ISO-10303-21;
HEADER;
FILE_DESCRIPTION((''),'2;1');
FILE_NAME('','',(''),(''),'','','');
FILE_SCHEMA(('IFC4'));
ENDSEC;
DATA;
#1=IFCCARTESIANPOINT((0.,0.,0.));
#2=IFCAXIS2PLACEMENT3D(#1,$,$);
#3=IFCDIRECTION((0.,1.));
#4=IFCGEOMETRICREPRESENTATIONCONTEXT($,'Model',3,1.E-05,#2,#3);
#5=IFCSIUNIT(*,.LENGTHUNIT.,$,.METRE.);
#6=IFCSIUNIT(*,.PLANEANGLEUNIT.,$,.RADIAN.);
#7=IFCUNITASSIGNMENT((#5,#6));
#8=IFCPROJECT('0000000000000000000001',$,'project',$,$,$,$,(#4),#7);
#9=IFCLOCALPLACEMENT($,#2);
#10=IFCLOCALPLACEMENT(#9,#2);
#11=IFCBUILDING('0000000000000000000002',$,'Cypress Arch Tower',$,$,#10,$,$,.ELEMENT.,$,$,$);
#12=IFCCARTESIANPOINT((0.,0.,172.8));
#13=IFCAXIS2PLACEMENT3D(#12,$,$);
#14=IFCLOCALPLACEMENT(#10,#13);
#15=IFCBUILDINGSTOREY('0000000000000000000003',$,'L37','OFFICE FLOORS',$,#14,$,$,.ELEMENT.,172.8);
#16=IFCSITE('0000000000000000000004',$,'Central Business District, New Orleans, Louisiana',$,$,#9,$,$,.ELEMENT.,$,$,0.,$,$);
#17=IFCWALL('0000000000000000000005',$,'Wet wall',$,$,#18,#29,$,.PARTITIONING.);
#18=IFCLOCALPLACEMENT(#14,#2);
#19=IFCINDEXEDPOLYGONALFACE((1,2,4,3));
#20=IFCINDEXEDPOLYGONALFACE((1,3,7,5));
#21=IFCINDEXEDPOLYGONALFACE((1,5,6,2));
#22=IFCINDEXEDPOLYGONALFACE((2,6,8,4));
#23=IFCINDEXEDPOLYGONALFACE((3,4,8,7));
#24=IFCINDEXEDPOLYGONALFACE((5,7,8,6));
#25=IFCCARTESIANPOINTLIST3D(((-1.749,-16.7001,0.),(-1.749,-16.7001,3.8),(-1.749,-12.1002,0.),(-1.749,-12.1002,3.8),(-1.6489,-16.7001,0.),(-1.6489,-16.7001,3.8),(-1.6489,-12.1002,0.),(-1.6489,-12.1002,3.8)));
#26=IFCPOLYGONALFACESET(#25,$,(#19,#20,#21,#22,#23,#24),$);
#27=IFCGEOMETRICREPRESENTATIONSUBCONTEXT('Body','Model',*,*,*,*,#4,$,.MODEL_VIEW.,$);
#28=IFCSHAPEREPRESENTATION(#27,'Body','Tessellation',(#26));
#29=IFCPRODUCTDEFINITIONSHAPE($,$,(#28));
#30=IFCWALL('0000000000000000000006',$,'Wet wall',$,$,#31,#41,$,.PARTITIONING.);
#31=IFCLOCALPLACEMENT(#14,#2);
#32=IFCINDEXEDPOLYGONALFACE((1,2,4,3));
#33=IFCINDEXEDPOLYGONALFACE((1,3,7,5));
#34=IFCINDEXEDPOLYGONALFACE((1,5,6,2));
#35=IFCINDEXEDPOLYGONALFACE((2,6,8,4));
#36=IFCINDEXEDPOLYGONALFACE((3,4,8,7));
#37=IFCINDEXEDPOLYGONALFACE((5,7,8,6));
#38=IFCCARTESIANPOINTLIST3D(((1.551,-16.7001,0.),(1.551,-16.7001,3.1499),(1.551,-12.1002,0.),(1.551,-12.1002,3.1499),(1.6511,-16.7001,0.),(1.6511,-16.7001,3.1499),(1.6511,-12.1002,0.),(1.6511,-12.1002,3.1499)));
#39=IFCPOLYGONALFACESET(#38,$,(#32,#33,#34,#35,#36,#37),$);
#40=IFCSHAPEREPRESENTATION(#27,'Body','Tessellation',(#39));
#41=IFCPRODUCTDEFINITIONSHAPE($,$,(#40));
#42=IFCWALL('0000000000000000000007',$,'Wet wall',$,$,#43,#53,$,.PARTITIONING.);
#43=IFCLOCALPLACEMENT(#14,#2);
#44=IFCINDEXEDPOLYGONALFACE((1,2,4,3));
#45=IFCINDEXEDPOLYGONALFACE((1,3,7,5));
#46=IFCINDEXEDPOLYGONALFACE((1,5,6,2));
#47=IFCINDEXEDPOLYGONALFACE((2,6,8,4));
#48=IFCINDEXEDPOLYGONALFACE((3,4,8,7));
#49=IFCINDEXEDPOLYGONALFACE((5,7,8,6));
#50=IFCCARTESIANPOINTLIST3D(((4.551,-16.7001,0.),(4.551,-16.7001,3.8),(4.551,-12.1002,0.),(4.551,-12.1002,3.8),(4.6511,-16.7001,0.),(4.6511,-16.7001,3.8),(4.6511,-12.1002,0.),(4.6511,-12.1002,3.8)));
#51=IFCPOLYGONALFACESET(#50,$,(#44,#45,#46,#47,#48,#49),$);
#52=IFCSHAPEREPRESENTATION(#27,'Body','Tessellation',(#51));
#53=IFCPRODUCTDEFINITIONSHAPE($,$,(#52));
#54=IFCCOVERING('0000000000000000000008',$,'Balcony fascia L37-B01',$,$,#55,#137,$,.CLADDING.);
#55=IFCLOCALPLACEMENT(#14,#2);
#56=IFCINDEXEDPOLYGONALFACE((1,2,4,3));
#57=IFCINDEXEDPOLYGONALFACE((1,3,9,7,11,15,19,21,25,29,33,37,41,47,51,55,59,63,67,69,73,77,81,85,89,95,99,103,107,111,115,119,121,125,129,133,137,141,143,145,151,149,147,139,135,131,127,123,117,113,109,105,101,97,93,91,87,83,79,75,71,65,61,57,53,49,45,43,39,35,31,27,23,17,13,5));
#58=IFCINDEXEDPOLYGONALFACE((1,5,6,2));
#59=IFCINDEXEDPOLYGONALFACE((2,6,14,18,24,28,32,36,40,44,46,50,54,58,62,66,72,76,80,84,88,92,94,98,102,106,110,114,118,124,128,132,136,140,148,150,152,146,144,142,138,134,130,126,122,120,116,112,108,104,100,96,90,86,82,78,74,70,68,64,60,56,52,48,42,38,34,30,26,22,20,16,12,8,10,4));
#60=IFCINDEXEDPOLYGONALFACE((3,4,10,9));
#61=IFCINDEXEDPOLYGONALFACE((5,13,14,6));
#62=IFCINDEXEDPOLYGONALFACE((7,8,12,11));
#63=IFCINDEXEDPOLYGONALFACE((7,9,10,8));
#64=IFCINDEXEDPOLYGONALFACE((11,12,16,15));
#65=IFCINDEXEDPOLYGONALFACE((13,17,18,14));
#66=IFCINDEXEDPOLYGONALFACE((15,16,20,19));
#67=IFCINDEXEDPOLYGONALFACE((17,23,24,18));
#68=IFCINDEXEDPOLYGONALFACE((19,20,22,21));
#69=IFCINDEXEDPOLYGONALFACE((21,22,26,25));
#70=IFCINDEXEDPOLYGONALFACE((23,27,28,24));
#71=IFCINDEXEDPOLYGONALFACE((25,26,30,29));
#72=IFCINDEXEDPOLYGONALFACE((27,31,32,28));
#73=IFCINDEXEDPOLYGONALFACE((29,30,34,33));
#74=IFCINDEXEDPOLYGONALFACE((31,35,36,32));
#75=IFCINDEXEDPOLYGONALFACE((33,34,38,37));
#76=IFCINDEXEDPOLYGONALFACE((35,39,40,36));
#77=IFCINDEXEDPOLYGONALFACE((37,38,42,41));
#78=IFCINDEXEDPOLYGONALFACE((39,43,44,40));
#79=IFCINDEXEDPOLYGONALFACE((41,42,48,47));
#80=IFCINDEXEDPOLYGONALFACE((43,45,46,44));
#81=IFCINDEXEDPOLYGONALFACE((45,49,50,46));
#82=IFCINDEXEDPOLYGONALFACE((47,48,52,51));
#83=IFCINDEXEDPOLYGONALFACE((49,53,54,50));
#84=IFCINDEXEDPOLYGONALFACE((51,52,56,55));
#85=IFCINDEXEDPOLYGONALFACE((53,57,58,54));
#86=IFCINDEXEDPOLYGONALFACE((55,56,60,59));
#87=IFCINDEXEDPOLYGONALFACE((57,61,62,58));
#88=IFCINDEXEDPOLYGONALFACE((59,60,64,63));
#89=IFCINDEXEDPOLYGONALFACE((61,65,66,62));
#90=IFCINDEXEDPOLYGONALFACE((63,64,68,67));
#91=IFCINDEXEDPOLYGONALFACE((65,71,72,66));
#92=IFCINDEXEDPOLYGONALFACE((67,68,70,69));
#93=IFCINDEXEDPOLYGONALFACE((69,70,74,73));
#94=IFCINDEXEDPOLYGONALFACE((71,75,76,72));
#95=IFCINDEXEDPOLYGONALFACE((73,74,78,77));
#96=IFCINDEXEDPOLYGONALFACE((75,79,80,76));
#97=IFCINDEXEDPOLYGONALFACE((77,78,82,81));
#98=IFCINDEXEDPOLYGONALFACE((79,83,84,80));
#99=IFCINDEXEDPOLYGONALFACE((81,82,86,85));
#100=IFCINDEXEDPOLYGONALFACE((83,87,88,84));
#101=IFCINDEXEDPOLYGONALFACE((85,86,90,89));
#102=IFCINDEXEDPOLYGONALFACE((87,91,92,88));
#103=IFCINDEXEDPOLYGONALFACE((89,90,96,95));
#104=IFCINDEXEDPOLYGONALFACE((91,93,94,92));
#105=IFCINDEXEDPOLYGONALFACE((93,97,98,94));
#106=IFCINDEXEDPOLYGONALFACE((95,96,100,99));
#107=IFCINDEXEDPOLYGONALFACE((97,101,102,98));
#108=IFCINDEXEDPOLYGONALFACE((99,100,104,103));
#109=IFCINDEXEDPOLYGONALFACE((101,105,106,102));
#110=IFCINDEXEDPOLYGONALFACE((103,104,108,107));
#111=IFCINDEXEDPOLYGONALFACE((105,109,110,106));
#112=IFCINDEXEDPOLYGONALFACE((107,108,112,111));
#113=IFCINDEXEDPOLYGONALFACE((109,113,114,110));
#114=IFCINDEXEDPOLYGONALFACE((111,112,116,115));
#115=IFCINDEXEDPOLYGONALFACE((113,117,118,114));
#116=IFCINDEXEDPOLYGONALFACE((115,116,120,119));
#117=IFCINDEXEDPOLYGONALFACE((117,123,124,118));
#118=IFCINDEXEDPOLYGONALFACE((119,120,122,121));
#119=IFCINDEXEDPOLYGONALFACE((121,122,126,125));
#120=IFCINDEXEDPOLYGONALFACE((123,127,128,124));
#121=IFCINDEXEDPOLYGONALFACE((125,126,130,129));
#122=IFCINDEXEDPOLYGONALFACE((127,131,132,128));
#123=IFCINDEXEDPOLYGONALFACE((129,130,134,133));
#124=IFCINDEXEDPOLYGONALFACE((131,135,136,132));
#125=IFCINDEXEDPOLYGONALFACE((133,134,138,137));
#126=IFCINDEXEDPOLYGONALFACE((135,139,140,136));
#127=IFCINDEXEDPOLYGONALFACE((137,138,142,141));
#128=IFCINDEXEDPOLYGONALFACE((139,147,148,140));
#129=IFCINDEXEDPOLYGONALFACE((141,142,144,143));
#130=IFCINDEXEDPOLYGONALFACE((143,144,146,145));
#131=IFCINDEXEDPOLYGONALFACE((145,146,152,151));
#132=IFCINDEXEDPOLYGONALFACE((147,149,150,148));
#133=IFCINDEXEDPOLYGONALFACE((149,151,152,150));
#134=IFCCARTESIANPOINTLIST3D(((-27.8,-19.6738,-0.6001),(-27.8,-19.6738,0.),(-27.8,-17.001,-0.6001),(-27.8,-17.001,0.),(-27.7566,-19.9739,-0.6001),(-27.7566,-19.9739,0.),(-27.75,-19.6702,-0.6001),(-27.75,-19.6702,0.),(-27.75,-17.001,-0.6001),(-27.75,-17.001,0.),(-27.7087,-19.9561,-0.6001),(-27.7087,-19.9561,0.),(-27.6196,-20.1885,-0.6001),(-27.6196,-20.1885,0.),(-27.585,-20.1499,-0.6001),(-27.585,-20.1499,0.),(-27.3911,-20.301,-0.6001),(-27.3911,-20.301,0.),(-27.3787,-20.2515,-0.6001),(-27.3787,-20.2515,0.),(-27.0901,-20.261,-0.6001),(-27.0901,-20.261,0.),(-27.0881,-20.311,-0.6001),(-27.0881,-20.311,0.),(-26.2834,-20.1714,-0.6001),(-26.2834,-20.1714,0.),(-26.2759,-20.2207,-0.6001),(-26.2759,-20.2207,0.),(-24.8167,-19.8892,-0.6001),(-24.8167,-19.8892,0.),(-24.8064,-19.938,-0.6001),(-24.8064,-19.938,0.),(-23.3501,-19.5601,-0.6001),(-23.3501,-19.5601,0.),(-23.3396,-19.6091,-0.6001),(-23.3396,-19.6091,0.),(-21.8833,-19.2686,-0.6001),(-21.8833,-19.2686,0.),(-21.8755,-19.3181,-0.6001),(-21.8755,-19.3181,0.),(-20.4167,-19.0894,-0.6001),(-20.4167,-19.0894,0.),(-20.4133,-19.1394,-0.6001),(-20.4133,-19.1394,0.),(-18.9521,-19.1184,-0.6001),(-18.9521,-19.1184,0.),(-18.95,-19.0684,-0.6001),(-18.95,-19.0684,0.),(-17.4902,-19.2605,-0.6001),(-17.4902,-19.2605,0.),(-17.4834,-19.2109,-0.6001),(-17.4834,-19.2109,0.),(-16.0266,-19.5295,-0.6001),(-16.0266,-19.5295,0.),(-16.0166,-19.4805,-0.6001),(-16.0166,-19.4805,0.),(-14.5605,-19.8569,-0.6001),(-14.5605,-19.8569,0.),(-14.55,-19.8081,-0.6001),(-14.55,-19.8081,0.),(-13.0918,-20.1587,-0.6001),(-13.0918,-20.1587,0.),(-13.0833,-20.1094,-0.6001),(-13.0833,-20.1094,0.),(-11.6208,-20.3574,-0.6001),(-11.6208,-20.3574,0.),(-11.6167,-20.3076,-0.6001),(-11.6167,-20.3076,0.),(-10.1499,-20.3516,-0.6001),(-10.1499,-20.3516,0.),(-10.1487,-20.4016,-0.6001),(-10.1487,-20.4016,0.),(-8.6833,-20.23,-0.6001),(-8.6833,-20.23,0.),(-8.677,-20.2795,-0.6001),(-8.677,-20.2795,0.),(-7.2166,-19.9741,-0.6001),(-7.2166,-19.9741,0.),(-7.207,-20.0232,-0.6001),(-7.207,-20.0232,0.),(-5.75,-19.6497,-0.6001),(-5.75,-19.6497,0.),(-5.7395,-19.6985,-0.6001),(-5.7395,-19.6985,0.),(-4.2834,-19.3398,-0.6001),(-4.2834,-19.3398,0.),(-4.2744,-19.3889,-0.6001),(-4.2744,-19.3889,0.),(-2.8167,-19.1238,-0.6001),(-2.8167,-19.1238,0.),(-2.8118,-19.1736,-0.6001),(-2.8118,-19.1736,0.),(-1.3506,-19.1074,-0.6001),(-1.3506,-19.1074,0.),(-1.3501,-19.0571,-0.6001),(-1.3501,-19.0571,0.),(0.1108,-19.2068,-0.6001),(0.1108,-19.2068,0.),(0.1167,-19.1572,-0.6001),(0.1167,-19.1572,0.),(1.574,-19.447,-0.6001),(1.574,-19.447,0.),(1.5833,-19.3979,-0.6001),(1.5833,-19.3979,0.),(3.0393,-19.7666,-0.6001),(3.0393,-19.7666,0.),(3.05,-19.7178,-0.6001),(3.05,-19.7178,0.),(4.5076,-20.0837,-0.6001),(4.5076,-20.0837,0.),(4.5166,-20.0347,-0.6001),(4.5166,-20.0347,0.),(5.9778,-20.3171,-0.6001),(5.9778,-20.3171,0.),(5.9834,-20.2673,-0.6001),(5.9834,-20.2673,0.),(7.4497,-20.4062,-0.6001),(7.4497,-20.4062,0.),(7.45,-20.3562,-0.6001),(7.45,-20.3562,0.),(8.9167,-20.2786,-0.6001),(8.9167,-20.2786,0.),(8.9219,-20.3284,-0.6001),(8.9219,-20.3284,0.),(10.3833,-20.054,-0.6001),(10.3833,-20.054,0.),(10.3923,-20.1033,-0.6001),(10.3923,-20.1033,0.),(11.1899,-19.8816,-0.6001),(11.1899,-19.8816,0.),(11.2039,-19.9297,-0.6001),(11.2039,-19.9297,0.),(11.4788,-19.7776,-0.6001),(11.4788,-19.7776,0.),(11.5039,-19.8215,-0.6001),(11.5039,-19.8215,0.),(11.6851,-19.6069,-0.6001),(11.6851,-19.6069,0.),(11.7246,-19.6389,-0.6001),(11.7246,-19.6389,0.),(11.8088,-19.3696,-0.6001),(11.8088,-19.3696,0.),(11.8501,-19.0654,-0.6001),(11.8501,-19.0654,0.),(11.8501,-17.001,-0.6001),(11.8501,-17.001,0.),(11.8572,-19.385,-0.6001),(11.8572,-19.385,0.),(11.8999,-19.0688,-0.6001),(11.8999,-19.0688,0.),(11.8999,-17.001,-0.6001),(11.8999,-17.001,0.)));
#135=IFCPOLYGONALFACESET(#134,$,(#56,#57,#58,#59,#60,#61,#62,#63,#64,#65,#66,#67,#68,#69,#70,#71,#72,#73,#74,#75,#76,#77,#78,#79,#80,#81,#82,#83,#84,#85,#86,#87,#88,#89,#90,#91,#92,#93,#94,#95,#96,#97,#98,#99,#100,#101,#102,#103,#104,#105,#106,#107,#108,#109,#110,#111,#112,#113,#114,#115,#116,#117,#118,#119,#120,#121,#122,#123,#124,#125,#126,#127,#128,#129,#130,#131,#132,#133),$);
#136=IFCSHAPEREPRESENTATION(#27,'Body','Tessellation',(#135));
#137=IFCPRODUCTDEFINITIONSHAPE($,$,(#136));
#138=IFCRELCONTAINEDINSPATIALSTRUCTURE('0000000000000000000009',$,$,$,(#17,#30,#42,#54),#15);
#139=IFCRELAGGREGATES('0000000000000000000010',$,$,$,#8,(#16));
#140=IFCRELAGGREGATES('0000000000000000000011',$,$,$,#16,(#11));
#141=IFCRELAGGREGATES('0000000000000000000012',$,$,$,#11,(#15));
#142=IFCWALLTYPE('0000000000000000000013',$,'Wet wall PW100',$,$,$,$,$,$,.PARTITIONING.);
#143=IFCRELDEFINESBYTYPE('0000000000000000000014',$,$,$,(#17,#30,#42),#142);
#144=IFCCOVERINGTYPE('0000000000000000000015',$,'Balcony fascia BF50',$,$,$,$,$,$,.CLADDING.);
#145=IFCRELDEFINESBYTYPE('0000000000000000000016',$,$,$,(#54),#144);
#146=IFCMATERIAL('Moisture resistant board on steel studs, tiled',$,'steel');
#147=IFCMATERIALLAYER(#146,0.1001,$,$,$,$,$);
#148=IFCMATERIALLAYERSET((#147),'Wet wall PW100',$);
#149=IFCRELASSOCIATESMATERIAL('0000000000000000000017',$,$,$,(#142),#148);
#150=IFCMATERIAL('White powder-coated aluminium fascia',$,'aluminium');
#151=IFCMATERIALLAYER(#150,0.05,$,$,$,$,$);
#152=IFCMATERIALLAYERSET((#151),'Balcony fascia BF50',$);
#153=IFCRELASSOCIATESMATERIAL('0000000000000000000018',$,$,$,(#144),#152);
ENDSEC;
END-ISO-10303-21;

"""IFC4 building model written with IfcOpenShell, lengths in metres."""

from ifc_helpers import new_model, si_unit, direction, frame, frame_2d, origin, place, context, subcontext, project, spatial, polyline, rectangle, outline, extrude, material, layer, layer_set, type_object, element, save


model = new_model("IFC4")

# Units and contexts
model_context = context("Model", 3, precision=1e-05, world=origin(), true_north=direction((0.0, 1.0)))
body_context = subcontext(model_context, "Body", "Model", "MODEL_VIEW")
ifc_project = project(units=[si_unit("LENGTHUNIT", "METRE"), si_unit("PLANEANGLEUNIT", "RADIAN")], contexts=[model_context])

# Site, building, storey
site_placement = place(None, origin())
site = spatial("IfcSite", under=ifc_project, at=site_placement, Name="Central Business District, New Orleans, Louisiana", CompositionType="ELEMENT", RefElevation=0.0)
building_placement = place(site_placement, origin())
building = spatial("IfcBuilding", under=site, at=building_placement, Name="Cypress Arch Tower", CompositionType="ELEMENT")
storey_placement = place(building_placement, frame((0.0, 0.0, 172.8)))
storey = spatial("IfcBuildingStorey", under=building, at=storey_placement, Name="L37", Description="OFFICE FLOORS", CompositionType="ELEMENT", Elevation=172.8)

# Walls
ifc_material_1 = material(Name="Moisture resistant board on steel studs, tiled", Category="steel")
ifc_layer_1 = layer(ifc_material_1, 0.1001)
ifc_layer_set_1 = layer_set([ifc_layer_1], Name="Wet wall PW100")
wall_type_1 = type_object("IfcWallType", Name="Wet wall PW100", PredefinedType="PARTITIONING", material=ifc_layer_set_1)
wall_1_placement = place(storey_placement, frame((-1.699, -16.7, 0.0), z_axis=(0.0, 0.0, 1.0), x_axis=(0.0, 1.0, 0.0)))
element("IfcWall", 1, at=wall_1_placement, inside=storey, type_object=wall_type_1, Name="Wet wall", PredefinedType="PARTITIONING", context=body_context, shape_type="SweptSolid", body=[
    extrude(rectangle(XDim=4.5999, YDim=0.1001, at=frame_2d((2.2998, 0.0))), origin(), (0.0, 0.0, 1.0), 3.8),
])
wall_2_placement = place(storey_placement, frame((1.6011, -16.7, 0.0), z_axis=(0.0, 0.0, 1.0), x_axis=(0.0, 1.0, 0.0)))
element("IfcWall", 2, at=wall_2_placement, inside=storey, type_object=wall_type_1, Name="Wet wall", PredefinedType="PARTITIONING", context=body_context, shape_type="SweptSolid", body=[
    extrude(rectangle(XDim=4.5999, YDim=0.1001, at=frame_2d((2.2998, 0.0))), origin(), (0.0, 0.0, 1.0), 3.1499),
])
wall_3_placement = place(storey_placement, frame((4.6011, -16.7, 0.0), z_axis=(0.0, 0.0, 1.0), x_axis=(0.0, 1.0, 0.0)))
element("IfcWall", 3, at=wall_3_placement, inside=storey, type_object=wall_type_1, Name="Wet wall", PredefinedType="PARTITIONING", context=body_context, shape_type="SweptSolid", body=[
    extrude(rectangle(XDim=4.5999, YDim=0.1001, at=frame_2d((2.2998, 0.0))), origin(), (0.0, 0.0, 1.0), 3.8),
])

# Covering
ifc_material_2 = material(Name="White powder-coated aluminium fascia", Category="aluminium")
ifc_layer_2 = layer(ifc_material_2, 0.05)
ifc_layer_set_2 = layer_set([ifc_layer_2], Name="Balcony fascia BF50")
covering_type_1 = type_object("IfcCoveringType", Name="Balcony fascia BF50", PredefinedType="CLADDING", material=ifc_layer_set_2)
covering_1_placement = place(storey_placement, frame((0.0, 0.0, -0.6001)))
element("IfcCovering", 4, at=covering_1_placement, inside=storey, type_object=covering_type_1, Name="Balcony fascia L37-B01", PredefinedType="CLADDING", context=body_context, shape_type="SweptSolid", body=[
    extrude(outline(polyline([(11.8999, -19.0688), (11.8572, -19.385), (11.7246, -19.6389), (11.5039, -19.8215), (11.2039, -19.9297), (10.3923, -20.1033), (8.9219, -20.3284), (7.4497, -20.4062), (5.9778, -20.3171), (4.5076, -20.0837), (3.0393, -19.7666), (1.574, -19.447), (0.1108, -19.2068), (-1.3506, -19.1074), (-2.8118, -19.1736), (-4.2744, -19.3889), (-5.7395, -19.6985), (-7.207, -20.0232), (-8.677, -20.2795), (-10.1487, -20.4016), (-11.6208, -20.3574), (-13.0918, -20.1587), (-14.5605, -19.8569), (-16.0266, -19.5295), (-17.4902, -19.2605), (-18.9521, -19.1184), (-20.4133, -19.1394), (-21.8755, -19.3181), (-23.3396, -19.6091), (-24.8064, -19.938), (-26.2759, -20.2207), (-27.0881, -20.311), (-27.3911, -20.301), (-27.6196, -20.1885), (-27.7566, -19.9739), (-27.8, -19.6738), (-27.8, -17.001), (-27.75, -17.001), (-27.75, -19.6702), (-27.7087, -19.9561), (-27.585, -20.1499), (-27.3787, -20.2515), (-27.0901, -20.261), (-26.2834, -20.1714), (-24.8167, -19.8892), (-23.3501, -19.5601), (-21.8833, -19.2686), (-20.4167, -19.0894), (-18.95, -19.0684), (-17.4834, -19.2109), (-16.0166, -19.4805), (-14.55, -19.8081), (-13.0833, -20.1094), (-11.6167, -20.3076), (-10.1499, -20.3516), (-8.6833, -20.23), (-7.2166, -19.9741), (-5.75, -19.6497), (-4.2834, -19.3398), (-2.8167, -19.1238), (-1.3501, -19.0571), (0.1167, -19.1572), (1.5833, -19.3979), (3.05, -19.7178), (4.5166, -20.0347), (5.9834, -20.2673), (7.45, -20.3562), (8.9167, -20.2786), (10.3833, -20.054), (11.1899, -19.8816), (11.4788, -19.7776), (11.6851, -19.6069), (11.8088, -19.3696), (11.8501, -19.0654), (11.8501, -17.001), (11.8999, -17.001), (11.8999, -19.0688)])), origin(), (0.0, 0.0, 1.0), 0.6001),
])

save(model, "model.ifc")
